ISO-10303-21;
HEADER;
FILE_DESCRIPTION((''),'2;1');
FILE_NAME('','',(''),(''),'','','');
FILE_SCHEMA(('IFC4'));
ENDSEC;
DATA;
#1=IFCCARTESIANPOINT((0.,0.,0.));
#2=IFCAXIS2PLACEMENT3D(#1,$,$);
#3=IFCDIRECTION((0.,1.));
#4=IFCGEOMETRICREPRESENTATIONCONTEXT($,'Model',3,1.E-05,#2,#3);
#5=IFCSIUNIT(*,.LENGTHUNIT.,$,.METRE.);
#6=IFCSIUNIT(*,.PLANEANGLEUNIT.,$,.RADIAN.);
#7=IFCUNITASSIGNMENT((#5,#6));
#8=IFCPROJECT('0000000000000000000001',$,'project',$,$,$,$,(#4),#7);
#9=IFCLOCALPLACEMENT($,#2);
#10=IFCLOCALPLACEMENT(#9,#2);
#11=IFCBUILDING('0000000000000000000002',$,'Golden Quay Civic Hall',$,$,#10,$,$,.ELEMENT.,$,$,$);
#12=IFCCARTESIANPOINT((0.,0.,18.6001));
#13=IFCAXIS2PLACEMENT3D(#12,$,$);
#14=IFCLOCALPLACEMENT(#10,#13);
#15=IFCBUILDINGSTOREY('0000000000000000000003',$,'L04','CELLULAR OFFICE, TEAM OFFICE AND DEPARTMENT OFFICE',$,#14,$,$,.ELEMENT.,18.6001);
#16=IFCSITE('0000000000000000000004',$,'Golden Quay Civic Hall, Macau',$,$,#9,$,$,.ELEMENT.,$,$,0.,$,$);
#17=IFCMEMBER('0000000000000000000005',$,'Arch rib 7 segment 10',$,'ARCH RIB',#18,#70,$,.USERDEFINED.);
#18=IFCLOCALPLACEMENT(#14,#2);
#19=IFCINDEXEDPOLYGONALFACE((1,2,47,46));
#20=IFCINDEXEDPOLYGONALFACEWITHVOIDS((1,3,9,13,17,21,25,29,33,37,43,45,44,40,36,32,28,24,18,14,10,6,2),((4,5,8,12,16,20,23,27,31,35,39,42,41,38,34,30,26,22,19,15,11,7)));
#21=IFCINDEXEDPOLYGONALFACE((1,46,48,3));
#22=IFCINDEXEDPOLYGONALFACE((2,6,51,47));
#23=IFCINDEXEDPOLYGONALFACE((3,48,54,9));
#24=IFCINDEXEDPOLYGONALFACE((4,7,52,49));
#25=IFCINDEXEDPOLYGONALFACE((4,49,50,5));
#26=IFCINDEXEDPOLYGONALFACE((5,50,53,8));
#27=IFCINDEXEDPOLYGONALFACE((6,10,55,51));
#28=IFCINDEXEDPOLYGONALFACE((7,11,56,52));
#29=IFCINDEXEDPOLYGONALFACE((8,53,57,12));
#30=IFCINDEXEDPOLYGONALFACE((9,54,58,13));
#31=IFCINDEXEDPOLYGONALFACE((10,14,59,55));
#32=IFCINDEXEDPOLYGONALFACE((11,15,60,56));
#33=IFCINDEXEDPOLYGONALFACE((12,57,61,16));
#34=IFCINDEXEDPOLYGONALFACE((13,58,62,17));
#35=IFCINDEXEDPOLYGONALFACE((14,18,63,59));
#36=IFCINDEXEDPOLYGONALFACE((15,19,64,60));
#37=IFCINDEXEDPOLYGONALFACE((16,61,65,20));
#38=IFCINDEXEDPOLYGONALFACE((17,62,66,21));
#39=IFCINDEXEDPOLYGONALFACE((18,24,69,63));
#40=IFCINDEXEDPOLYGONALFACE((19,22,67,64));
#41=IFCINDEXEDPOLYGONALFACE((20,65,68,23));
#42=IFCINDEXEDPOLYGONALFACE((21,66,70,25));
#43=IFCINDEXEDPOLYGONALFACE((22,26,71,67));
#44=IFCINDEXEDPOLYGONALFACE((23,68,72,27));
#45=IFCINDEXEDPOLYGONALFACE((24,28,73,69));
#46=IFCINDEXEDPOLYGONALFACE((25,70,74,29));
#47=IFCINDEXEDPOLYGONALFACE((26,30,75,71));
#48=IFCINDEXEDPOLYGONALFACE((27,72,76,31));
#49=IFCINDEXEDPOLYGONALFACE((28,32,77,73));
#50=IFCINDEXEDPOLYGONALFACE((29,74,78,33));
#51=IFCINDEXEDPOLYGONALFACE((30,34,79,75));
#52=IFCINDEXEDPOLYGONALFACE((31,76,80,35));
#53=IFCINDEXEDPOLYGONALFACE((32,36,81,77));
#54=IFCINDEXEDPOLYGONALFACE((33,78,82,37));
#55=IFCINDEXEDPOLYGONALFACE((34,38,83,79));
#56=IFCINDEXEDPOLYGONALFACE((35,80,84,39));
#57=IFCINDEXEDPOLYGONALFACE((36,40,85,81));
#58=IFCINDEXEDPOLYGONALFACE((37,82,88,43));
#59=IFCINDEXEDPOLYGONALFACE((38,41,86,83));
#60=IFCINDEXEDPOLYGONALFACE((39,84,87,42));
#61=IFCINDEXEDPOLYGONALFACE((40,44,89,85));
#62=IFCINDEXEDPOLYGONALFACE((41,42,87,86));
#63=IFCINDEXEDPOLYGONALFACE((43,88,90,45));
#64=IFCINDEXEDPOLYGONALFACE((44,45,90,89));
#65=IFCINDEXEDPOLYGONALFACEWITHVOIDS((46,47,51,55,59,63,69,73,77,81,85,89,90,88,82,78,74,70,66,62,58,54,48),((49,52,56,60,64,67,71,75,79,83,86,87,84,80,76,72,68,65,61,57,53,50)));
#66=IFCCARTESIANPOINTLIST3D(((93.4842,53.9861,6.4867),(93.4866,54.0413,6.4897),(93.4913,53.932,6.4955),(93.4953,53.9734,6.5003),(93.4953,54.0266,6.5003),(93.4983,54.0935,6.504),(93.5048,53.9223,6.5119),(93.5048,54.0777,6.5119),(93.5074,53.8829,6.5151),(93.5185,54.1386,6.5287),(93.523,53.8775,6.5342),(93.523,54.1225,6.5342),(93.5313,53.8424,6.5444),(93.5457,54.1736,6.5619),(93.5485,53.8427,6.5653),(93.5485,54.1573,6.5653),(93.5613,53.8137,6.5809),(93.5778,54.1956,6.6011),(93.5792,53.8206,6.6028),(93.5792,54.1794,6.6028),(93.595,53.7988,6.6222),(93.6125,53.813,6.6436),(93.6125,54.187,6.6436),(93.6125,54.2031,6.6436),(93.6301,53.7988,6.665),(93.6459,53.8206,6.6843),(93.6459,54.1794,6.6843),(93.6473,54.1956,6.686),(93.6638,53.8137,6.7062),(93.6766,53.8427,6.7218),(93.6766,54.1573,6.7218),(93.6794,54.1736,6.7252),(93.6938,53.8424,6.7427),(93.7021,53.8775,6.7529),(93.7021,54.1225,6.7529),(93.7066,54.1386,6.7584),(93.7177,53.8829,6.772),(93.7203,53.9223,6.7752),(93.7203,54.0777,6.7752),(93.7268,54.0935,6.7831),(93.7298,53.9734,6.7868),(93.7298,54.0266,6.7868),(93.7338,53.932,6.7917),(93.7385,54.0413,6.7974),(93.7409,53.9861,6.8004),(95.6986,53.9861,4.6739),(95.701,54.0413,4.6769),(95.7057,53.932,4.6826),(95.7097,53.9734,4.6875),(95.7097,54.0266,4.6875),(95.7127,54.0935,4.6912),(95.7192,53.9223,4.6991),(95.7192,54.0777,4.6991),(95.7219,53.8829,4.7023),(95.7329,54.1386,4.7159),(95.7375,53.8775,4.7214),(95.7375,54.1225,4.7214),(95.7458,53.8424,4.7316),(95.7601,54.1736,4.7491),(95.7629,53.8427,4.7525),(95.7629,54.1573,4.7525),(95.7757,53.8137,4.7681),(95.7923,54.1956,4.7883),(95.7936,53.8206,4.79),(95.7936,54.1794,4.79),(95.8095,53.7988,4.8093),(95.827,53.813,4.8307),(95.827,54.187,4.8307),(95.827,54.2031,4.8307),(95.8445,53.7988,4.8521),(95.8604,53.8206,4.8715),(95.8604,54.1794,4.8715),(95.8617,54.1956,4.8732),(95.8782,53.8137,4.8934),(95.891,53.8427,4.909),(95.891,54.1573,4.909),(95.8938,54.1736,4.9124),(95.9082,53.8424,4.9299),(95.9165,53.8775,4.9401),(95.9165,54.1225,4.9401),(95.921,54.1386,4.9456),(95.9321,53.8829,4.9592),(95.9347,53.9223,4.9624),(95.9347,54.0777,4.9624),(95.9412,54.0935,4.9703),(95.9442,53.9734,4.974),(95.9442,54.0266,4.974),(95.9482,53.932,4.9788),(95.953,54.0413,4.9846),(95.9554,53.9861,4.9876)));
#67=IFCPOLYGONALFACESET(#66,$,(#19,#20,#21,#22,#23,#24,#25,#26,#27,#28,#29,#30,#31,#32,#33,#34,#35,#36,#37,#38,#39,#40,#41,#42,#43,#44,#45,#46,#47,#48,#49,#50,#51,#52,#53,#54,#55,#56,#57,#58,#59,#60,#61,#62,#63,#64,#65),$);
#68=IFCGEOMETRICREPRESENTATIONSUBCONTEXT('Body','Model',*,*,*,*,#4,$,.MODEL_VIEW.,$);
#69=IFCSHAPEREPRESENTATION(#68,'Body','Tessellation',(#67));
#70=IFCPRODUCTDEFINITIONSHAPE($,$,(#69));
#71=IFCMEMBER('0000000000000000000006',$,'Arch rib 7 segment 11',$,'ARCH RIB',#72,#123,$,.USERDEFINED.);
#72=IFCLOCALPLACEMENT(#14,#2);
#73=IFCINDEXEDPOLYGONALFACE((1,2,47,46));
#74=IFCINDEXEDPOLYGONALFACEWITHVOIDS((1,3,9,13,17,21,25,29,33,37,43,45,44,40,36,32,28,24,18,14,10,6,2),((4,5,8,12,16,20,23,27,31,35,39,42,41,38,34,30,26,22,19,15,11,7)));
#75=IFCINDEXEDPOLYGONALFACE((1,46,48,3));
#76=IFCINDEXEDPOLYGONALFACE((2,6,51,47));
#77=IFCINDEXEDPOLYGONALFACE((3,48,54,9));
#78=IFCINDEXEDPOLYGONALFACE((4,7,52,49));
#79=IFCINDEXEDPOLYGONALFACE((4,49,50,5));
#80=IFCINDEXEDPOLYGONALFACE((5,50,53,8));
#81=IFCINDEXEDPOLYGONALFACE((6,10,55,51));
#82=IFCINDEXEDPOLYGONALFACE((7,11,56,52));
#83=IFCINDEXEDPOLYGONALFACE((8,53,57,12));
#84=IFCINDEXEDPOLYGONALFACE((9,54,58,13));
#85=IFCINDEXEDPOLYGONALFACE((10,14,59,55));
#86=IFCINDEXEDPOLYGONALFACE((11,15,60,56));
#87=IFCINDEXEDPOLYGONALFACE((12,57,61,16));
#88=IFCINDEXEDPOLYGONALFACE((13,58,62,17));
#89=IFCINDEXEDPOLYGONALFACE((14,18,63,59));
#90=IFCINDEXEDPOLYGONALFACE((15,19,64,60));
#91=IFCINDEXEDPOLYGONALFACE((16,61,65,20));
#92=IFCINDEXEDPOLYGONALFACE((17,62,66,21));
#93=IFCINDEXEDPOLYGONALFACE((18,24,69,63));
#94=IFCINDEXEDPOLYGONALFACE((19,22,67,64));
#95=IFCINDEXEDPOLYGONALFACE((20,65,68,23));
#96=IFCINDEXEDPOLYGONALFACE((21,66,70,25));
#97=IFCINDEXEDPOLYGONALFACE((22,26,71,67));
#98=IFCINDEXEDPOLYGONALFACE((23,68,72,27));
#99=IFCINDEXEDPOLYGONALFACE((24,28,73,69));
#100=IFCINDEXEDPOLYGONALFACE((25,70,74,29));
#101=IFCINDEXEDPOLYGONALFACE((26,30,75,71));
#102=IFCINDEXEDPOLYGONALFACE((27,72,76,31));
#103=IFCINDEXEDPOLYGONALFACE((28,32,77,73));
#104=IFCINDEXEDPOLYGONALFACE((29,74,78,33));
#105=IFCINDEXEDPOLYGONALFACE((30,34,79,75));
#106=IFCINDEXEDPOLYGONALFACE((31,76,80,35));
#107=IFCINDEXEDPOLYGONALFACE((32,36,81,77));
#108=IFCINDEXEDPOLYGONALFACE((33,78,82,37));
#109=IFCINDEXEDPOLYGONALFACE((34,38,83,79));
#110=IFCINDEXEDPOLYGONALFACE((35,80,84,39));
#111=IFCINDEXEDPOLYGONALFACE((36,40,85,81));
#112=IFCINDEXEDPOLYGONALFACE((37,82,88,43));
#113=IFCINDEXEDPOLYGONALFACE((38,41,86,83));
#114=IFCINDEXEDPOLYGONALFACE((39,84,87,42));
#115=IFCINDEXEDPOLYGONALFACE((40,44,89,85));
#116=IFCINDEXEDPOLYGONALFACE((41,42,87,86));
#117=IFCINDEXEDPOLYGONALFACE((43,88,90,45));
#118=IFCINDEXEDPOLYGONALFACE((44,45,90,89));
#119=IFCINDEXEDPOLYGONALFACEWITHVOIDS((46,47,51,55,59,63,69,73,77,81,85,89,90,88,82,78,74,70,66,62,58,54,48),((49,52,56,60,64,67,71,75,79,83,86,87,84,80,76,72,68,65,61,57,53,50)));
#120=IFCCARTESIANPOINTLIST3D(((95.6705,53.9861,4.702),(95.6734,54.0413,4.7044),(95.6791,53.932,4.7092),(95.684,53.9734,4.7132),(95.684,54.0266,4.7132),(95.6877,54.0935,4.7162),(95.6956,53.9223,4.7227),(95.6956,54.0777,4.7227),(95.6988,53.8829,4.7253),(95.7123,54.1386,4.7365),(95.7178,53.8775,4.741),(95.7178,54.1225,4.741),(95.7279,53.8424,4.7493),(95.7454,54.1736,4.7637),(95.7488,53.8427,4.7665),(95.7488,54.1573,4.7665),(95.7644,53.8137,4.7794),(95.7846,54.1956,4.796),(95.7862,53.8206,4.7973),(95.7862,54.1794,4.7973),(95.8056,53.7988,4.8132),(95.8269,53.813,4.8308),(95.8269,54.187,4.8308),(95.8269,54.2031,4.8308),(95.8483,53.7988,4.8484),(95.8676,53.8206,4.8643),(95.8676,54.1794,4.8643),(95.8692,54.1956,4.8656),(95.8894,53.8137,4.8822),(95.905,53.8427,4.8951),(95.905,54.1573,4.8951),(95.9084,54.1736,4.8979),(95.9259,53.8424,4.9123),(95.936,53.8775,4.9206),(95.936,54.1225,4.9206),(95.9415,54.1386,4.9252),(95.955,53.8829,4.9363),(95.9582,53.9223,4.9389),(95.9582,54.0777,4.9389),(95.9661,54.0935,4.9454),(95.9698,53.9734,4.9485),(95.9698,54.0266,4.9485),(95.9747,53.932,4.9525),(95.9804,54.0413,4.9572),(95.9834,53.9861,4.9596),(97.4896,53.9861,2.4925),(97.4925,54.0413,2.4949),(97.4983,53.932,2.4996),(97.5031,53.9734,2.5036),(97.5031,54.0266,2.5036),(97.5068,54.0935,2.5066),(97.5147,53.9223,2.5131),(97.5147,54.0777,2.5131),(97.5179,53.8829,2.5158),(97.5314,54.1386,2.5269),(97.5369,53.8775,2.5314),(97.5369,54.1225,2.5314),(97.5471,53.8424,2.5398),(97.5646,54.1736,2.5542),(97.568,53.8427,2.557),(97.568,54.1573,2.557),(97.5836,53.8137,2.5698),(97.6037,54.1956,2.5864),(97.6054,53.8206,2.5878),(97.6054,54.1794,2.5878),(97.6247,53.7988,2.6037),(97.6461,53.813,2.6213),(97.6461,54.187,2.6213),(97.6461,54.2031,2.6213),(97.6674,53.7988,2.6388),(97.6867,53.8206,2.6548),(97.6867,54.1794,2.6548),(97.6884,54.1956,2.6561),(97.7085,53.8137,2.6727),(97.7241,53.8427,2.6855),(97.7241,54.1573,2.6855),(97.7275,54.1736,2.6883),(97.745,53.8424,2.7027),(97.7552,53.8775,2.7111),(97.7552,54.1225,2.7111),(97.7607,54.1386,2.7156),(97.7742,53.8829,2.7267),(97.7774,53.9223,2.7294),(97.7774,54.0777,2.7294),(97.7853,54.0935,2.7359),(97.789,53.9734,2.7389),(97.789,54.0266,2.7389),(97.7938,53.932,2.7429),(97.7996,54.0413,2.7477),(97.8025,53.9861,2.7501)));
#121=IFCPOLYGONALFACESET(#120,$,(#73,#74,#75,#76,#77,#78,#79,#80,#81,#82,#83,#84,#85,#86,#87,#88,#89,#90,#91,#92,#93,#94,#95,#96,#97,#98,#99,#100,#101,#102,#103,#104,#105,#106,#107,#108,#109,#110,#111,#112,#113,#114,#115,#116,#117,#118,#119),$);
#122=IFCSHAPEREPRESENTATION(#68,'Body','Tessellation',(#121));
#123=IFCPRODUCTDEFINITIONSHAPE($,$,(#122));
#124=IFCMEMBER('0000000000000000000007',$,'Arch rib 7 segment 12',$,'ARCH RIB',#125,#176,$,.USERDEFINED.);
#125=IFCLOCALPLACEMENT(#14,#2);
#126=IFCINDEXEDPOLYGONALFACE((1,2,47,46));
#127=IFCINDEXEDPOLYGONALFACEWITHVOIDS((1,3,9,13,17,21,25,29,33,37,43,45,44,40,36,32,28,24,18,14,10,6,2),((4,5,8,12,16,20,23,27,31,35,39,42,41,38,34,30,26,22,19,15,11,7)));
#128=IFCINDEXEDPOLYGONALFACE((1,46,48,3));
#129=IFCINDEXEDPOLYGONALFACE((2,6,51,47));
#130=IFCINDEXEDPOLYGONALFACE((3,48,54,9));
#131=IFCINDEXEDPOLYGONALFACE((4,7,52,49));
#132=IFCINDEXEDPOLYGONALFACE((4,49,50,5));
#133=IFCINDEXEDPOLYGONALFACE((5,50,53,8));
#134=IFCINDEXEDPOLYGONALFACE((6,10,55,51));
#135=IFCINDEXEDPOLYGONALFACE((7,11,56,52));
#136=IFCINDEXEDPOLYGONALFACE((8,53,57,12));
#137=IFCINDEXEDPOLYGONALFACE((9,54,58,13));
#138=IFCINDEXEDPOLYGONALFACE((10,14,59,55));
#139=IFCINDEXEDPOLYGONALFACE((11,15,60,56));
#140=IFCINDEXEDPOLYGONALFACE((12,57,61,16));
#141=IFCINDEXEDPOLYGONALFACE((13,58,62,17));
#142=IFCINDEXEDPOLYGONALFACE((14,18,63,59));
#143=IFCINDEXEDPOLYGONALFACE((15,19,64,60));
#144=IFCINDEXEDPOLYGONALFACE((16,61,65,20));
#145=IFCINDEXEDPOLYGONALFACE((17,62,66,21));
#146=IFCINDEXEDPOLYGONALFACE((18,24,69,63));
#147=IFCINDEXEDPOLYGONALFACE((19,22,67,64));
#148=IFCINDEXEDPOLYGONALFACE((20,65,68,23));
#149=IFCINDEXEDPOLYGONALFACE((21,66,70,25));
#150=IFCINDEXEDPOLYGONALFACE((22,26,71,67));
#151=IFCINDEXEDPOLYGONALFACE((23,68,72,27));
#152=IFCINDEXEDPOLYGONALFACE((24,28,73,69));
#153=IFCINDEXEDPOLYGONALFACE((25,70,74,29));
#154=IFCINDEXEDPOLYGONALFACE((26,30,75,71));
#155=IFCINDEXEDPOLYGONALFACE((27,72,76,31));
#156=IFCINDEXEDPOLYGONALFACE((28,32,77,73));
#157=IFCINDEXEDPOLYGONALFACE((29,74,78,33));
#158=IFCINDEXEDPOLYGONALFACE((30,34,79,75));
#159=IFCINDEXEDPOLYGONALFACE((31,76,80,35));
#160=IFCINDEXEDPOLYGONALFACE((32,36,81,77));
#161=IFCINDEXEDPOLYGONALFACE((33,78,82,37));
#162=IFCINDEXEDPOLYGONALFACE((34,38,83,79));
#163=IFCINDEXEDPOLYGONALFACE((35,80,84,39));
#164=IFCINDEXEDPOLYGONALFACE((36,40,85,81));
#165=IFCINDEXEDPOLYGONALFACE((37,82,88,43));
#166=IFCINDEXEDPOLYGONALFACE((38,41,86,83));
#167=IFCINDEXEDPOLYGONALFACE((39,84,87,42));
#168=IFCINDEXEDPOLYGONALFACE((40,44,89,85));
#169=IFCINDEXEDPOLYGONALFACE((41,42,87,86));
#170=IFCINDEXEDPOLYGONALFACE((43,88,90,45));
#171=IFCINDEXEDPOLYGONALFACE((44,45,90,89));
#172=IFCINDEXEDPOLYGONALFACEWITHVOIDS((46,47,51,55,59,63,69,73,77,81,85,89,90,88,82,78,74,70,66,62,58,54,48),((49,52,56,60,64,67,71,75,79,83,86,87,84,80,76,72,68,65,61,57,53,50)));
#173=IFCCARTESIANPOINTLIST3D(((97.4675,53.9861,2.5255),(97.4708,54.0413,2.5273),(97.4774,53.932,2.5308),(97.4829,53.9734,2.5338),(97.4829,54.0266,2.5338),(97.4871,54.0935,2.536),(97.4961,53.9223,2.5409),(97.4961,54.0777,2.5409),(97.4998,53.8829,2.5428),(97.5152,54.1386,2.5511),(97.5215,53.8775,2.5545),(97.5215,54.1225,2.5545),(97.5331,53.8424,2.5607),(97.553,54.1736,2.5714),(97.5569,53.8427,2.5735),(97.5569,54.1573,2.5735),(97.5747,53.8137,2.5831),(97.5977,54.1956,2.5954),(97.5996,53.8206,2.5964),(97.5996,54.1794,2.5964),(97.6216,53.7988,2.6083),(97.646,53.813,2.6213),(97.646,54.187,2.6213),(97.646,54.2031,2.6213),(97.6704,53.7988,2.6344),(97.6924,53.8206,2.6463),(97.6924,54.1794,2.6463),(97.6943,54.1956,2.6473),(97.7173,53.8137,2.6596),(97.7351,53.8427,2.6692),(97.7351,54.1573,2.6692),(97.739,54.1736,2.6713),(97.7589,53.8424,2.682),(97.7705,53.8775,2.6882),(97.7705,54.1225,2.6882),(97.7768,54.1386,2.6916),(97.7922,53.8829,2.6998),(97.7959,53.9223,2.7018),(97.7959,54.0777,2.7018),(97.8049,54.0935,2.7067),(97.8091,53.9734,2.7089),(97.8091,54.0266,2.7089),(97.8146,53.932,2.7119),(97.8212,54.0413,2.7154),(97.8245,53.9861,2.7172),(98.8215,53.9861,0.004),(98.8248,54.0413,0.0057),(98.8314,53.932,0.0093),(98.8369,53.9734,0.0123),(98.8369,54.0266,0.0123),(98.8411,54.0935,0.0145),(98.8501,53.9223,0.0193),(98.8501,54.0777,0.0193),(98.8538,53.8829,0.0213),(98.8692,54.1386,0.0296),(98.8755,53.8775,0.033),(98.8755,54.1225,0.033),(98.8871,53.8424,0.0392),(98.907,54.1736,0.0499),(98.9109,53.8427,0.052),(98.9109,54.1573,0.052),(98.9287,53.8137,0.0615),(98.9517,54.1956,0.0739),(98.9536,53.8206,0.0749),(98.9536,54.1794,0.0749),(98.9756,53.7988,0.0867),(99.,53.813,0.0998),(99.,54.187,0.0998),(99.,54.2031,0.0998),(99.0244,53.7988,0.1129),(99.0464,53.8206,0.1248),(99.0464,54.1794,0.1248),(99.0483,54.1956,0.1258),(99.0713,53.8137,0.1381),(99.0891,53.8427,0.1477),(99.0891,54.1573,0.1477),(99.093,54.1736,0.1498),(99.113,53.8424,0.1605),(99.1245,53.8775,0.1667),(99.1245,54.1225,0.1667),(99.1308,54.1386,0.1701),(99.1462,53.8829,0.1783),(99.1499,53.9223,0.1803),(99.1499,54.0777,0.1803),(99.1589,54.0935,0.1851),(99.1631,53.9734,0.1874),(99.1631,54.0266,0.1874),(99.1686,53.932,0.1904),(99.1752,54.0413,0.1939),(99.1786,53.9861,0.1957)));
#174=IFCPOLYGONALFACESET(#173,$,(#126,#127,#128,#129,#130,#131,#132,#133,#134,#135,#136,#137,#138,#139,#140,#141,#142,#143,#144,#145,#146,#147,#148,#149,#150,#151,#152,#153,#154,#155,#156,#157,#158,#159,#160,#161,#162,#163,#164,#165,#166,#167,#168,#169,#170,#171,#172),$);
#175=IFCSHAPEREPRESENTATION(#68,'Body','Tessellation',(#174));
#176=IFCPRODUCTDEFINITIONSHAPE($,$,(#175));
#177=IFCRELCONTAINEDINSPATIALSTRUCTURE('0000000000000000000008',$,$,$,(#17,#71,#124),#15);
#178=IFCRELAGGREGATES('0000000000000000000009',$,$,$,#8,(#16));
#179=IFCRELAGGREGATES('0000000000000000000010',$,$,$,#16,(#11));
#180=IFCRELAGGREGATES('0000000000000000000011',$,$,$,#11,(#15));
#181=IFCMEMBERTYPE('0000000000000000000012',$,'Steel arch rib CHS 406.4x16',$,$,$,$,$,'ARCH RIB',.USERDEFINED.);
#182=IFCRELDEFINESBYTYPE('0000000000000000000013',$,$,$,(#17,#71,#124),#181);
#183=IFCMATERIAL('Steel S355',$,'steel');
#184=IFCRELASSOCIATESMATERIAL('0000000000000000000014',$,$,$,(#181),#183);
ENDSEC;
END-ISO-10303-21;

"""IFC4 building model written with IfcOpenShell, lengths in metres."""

from ifc_helpers import new_model, si_unit, direction, frame, origin, origin_2d, place, context, subcontext, project, spatial, hollow_circle, extrude, material, material_profile, profile_set, type_object, element, save


model = new_model("IFC4")

# Units and contexts
model_context = context("Model", 3, precision=1e-05, world=origin(), true_north=direction((0.0, 1.0)))
body_context = subcontext(model_context, "Body", "Model", "MODEL_VIEW")
ifc_project = project(units=[si_unit("LENGTHUNIT", "METRE"), si_unit("PLANEANGLEUNIT", "RADIAN")], contexts=[model_context])

# Site, building, storey
site_placement = place(None, origin())
site = spatial("IfcSite", under=ifc_project, at=site_placement, Name="Golden Quay Civic Hall, Macau", CompositionType="ELEMENT", RefElevation=0.0)
building_placement = place(site_placement, origin())
building = spatial("IfcBuilding", under=site, at=building_placement, Name="Golden Quay Civic Hall", CompositionType="ELEMENT")
storey_placement = place(building_placement, frame((0.0, 0.0, 18.6001)))
storey = spatial("IfcBuildingStorey", under=building, at=storey_placement, Name="L04", Description="CELLULAR OFFICE, TEAM OFFICE AND DEPARTMENT OFFICE", CompositionType="ELEMENT", Elevation=18.6001)

# Members
ifc_material_1 = material(Name="Steel S355", Category="steel")
ifc_material_profile_1 = material_profile(ifc_material_1, hollow_circle(Radius=0.2031, WallThickness=0.0161, at=origin_2d()), Name="CHS 406.4x16")
ifc_profile_set_1 = profile_set([ifc_material_profile_1], Name="Steel S355")
member_type_1 = type_object("IfcMemberType", Name="Steel arch rib CHS 406.4x16", ElementType="ARCH RIB", PredefinedType="USERDEFINED", material=ifc_profile_set_1)
member_1_placement = place(storey_placement, frame((93.6125, 54.0, 6.6436), z_axis=(0.773786, 0.0, -0.633447), x_axis=(0.0, 1.0, 0.0)))
element("IfcMember", 1, at=member_1_placement, inside=storey, type_object=member_type_1, Name="Arch rib 7 segment 10", ObjectType="ARCH RIB", PredefinedType="USERDEFINED", context=body_context, shape_type="SweptSolid", body=[
    extrude(hollow_circle(Radius=0.2031, WallThickness=0.0161, at=origin_2d()), origin(), (0.0, 0.0, 1.0), 2.8618),
])
for number, where, z_axis, x_axis, name in (
    (2, (95.8269, 54.0, 4.8308), (0.635609, 0.0, -0.772011), (0.0, 1.0, 0.0), "Arch rib 7 segment 11"),
    (3, (97.646, 54.0, 2.6213), (0.473092, 0.0, -0.881013), (0.0, 1.0, 0.0), "Arch rib 7 segment 12"),
):
    element("IfcMember", number, at=place(storey_placement, frame(where, z_axis=z_axis, x_axis=x_axis)), inside=storey, type_object=member_type_1, Name=name, ObjectType="ARCH RIB", PredefinedType="USERDEFINED", context=body_context, shape_type="SweptSolid", body=[
        extrude(hollow_circle(Radius=0.2031, WallThickness=0.0161, at=origin_2d()), origin(), (0.0, 0.0, 1.0), 2.8621),
    ])

save(model, "model.ifc")
